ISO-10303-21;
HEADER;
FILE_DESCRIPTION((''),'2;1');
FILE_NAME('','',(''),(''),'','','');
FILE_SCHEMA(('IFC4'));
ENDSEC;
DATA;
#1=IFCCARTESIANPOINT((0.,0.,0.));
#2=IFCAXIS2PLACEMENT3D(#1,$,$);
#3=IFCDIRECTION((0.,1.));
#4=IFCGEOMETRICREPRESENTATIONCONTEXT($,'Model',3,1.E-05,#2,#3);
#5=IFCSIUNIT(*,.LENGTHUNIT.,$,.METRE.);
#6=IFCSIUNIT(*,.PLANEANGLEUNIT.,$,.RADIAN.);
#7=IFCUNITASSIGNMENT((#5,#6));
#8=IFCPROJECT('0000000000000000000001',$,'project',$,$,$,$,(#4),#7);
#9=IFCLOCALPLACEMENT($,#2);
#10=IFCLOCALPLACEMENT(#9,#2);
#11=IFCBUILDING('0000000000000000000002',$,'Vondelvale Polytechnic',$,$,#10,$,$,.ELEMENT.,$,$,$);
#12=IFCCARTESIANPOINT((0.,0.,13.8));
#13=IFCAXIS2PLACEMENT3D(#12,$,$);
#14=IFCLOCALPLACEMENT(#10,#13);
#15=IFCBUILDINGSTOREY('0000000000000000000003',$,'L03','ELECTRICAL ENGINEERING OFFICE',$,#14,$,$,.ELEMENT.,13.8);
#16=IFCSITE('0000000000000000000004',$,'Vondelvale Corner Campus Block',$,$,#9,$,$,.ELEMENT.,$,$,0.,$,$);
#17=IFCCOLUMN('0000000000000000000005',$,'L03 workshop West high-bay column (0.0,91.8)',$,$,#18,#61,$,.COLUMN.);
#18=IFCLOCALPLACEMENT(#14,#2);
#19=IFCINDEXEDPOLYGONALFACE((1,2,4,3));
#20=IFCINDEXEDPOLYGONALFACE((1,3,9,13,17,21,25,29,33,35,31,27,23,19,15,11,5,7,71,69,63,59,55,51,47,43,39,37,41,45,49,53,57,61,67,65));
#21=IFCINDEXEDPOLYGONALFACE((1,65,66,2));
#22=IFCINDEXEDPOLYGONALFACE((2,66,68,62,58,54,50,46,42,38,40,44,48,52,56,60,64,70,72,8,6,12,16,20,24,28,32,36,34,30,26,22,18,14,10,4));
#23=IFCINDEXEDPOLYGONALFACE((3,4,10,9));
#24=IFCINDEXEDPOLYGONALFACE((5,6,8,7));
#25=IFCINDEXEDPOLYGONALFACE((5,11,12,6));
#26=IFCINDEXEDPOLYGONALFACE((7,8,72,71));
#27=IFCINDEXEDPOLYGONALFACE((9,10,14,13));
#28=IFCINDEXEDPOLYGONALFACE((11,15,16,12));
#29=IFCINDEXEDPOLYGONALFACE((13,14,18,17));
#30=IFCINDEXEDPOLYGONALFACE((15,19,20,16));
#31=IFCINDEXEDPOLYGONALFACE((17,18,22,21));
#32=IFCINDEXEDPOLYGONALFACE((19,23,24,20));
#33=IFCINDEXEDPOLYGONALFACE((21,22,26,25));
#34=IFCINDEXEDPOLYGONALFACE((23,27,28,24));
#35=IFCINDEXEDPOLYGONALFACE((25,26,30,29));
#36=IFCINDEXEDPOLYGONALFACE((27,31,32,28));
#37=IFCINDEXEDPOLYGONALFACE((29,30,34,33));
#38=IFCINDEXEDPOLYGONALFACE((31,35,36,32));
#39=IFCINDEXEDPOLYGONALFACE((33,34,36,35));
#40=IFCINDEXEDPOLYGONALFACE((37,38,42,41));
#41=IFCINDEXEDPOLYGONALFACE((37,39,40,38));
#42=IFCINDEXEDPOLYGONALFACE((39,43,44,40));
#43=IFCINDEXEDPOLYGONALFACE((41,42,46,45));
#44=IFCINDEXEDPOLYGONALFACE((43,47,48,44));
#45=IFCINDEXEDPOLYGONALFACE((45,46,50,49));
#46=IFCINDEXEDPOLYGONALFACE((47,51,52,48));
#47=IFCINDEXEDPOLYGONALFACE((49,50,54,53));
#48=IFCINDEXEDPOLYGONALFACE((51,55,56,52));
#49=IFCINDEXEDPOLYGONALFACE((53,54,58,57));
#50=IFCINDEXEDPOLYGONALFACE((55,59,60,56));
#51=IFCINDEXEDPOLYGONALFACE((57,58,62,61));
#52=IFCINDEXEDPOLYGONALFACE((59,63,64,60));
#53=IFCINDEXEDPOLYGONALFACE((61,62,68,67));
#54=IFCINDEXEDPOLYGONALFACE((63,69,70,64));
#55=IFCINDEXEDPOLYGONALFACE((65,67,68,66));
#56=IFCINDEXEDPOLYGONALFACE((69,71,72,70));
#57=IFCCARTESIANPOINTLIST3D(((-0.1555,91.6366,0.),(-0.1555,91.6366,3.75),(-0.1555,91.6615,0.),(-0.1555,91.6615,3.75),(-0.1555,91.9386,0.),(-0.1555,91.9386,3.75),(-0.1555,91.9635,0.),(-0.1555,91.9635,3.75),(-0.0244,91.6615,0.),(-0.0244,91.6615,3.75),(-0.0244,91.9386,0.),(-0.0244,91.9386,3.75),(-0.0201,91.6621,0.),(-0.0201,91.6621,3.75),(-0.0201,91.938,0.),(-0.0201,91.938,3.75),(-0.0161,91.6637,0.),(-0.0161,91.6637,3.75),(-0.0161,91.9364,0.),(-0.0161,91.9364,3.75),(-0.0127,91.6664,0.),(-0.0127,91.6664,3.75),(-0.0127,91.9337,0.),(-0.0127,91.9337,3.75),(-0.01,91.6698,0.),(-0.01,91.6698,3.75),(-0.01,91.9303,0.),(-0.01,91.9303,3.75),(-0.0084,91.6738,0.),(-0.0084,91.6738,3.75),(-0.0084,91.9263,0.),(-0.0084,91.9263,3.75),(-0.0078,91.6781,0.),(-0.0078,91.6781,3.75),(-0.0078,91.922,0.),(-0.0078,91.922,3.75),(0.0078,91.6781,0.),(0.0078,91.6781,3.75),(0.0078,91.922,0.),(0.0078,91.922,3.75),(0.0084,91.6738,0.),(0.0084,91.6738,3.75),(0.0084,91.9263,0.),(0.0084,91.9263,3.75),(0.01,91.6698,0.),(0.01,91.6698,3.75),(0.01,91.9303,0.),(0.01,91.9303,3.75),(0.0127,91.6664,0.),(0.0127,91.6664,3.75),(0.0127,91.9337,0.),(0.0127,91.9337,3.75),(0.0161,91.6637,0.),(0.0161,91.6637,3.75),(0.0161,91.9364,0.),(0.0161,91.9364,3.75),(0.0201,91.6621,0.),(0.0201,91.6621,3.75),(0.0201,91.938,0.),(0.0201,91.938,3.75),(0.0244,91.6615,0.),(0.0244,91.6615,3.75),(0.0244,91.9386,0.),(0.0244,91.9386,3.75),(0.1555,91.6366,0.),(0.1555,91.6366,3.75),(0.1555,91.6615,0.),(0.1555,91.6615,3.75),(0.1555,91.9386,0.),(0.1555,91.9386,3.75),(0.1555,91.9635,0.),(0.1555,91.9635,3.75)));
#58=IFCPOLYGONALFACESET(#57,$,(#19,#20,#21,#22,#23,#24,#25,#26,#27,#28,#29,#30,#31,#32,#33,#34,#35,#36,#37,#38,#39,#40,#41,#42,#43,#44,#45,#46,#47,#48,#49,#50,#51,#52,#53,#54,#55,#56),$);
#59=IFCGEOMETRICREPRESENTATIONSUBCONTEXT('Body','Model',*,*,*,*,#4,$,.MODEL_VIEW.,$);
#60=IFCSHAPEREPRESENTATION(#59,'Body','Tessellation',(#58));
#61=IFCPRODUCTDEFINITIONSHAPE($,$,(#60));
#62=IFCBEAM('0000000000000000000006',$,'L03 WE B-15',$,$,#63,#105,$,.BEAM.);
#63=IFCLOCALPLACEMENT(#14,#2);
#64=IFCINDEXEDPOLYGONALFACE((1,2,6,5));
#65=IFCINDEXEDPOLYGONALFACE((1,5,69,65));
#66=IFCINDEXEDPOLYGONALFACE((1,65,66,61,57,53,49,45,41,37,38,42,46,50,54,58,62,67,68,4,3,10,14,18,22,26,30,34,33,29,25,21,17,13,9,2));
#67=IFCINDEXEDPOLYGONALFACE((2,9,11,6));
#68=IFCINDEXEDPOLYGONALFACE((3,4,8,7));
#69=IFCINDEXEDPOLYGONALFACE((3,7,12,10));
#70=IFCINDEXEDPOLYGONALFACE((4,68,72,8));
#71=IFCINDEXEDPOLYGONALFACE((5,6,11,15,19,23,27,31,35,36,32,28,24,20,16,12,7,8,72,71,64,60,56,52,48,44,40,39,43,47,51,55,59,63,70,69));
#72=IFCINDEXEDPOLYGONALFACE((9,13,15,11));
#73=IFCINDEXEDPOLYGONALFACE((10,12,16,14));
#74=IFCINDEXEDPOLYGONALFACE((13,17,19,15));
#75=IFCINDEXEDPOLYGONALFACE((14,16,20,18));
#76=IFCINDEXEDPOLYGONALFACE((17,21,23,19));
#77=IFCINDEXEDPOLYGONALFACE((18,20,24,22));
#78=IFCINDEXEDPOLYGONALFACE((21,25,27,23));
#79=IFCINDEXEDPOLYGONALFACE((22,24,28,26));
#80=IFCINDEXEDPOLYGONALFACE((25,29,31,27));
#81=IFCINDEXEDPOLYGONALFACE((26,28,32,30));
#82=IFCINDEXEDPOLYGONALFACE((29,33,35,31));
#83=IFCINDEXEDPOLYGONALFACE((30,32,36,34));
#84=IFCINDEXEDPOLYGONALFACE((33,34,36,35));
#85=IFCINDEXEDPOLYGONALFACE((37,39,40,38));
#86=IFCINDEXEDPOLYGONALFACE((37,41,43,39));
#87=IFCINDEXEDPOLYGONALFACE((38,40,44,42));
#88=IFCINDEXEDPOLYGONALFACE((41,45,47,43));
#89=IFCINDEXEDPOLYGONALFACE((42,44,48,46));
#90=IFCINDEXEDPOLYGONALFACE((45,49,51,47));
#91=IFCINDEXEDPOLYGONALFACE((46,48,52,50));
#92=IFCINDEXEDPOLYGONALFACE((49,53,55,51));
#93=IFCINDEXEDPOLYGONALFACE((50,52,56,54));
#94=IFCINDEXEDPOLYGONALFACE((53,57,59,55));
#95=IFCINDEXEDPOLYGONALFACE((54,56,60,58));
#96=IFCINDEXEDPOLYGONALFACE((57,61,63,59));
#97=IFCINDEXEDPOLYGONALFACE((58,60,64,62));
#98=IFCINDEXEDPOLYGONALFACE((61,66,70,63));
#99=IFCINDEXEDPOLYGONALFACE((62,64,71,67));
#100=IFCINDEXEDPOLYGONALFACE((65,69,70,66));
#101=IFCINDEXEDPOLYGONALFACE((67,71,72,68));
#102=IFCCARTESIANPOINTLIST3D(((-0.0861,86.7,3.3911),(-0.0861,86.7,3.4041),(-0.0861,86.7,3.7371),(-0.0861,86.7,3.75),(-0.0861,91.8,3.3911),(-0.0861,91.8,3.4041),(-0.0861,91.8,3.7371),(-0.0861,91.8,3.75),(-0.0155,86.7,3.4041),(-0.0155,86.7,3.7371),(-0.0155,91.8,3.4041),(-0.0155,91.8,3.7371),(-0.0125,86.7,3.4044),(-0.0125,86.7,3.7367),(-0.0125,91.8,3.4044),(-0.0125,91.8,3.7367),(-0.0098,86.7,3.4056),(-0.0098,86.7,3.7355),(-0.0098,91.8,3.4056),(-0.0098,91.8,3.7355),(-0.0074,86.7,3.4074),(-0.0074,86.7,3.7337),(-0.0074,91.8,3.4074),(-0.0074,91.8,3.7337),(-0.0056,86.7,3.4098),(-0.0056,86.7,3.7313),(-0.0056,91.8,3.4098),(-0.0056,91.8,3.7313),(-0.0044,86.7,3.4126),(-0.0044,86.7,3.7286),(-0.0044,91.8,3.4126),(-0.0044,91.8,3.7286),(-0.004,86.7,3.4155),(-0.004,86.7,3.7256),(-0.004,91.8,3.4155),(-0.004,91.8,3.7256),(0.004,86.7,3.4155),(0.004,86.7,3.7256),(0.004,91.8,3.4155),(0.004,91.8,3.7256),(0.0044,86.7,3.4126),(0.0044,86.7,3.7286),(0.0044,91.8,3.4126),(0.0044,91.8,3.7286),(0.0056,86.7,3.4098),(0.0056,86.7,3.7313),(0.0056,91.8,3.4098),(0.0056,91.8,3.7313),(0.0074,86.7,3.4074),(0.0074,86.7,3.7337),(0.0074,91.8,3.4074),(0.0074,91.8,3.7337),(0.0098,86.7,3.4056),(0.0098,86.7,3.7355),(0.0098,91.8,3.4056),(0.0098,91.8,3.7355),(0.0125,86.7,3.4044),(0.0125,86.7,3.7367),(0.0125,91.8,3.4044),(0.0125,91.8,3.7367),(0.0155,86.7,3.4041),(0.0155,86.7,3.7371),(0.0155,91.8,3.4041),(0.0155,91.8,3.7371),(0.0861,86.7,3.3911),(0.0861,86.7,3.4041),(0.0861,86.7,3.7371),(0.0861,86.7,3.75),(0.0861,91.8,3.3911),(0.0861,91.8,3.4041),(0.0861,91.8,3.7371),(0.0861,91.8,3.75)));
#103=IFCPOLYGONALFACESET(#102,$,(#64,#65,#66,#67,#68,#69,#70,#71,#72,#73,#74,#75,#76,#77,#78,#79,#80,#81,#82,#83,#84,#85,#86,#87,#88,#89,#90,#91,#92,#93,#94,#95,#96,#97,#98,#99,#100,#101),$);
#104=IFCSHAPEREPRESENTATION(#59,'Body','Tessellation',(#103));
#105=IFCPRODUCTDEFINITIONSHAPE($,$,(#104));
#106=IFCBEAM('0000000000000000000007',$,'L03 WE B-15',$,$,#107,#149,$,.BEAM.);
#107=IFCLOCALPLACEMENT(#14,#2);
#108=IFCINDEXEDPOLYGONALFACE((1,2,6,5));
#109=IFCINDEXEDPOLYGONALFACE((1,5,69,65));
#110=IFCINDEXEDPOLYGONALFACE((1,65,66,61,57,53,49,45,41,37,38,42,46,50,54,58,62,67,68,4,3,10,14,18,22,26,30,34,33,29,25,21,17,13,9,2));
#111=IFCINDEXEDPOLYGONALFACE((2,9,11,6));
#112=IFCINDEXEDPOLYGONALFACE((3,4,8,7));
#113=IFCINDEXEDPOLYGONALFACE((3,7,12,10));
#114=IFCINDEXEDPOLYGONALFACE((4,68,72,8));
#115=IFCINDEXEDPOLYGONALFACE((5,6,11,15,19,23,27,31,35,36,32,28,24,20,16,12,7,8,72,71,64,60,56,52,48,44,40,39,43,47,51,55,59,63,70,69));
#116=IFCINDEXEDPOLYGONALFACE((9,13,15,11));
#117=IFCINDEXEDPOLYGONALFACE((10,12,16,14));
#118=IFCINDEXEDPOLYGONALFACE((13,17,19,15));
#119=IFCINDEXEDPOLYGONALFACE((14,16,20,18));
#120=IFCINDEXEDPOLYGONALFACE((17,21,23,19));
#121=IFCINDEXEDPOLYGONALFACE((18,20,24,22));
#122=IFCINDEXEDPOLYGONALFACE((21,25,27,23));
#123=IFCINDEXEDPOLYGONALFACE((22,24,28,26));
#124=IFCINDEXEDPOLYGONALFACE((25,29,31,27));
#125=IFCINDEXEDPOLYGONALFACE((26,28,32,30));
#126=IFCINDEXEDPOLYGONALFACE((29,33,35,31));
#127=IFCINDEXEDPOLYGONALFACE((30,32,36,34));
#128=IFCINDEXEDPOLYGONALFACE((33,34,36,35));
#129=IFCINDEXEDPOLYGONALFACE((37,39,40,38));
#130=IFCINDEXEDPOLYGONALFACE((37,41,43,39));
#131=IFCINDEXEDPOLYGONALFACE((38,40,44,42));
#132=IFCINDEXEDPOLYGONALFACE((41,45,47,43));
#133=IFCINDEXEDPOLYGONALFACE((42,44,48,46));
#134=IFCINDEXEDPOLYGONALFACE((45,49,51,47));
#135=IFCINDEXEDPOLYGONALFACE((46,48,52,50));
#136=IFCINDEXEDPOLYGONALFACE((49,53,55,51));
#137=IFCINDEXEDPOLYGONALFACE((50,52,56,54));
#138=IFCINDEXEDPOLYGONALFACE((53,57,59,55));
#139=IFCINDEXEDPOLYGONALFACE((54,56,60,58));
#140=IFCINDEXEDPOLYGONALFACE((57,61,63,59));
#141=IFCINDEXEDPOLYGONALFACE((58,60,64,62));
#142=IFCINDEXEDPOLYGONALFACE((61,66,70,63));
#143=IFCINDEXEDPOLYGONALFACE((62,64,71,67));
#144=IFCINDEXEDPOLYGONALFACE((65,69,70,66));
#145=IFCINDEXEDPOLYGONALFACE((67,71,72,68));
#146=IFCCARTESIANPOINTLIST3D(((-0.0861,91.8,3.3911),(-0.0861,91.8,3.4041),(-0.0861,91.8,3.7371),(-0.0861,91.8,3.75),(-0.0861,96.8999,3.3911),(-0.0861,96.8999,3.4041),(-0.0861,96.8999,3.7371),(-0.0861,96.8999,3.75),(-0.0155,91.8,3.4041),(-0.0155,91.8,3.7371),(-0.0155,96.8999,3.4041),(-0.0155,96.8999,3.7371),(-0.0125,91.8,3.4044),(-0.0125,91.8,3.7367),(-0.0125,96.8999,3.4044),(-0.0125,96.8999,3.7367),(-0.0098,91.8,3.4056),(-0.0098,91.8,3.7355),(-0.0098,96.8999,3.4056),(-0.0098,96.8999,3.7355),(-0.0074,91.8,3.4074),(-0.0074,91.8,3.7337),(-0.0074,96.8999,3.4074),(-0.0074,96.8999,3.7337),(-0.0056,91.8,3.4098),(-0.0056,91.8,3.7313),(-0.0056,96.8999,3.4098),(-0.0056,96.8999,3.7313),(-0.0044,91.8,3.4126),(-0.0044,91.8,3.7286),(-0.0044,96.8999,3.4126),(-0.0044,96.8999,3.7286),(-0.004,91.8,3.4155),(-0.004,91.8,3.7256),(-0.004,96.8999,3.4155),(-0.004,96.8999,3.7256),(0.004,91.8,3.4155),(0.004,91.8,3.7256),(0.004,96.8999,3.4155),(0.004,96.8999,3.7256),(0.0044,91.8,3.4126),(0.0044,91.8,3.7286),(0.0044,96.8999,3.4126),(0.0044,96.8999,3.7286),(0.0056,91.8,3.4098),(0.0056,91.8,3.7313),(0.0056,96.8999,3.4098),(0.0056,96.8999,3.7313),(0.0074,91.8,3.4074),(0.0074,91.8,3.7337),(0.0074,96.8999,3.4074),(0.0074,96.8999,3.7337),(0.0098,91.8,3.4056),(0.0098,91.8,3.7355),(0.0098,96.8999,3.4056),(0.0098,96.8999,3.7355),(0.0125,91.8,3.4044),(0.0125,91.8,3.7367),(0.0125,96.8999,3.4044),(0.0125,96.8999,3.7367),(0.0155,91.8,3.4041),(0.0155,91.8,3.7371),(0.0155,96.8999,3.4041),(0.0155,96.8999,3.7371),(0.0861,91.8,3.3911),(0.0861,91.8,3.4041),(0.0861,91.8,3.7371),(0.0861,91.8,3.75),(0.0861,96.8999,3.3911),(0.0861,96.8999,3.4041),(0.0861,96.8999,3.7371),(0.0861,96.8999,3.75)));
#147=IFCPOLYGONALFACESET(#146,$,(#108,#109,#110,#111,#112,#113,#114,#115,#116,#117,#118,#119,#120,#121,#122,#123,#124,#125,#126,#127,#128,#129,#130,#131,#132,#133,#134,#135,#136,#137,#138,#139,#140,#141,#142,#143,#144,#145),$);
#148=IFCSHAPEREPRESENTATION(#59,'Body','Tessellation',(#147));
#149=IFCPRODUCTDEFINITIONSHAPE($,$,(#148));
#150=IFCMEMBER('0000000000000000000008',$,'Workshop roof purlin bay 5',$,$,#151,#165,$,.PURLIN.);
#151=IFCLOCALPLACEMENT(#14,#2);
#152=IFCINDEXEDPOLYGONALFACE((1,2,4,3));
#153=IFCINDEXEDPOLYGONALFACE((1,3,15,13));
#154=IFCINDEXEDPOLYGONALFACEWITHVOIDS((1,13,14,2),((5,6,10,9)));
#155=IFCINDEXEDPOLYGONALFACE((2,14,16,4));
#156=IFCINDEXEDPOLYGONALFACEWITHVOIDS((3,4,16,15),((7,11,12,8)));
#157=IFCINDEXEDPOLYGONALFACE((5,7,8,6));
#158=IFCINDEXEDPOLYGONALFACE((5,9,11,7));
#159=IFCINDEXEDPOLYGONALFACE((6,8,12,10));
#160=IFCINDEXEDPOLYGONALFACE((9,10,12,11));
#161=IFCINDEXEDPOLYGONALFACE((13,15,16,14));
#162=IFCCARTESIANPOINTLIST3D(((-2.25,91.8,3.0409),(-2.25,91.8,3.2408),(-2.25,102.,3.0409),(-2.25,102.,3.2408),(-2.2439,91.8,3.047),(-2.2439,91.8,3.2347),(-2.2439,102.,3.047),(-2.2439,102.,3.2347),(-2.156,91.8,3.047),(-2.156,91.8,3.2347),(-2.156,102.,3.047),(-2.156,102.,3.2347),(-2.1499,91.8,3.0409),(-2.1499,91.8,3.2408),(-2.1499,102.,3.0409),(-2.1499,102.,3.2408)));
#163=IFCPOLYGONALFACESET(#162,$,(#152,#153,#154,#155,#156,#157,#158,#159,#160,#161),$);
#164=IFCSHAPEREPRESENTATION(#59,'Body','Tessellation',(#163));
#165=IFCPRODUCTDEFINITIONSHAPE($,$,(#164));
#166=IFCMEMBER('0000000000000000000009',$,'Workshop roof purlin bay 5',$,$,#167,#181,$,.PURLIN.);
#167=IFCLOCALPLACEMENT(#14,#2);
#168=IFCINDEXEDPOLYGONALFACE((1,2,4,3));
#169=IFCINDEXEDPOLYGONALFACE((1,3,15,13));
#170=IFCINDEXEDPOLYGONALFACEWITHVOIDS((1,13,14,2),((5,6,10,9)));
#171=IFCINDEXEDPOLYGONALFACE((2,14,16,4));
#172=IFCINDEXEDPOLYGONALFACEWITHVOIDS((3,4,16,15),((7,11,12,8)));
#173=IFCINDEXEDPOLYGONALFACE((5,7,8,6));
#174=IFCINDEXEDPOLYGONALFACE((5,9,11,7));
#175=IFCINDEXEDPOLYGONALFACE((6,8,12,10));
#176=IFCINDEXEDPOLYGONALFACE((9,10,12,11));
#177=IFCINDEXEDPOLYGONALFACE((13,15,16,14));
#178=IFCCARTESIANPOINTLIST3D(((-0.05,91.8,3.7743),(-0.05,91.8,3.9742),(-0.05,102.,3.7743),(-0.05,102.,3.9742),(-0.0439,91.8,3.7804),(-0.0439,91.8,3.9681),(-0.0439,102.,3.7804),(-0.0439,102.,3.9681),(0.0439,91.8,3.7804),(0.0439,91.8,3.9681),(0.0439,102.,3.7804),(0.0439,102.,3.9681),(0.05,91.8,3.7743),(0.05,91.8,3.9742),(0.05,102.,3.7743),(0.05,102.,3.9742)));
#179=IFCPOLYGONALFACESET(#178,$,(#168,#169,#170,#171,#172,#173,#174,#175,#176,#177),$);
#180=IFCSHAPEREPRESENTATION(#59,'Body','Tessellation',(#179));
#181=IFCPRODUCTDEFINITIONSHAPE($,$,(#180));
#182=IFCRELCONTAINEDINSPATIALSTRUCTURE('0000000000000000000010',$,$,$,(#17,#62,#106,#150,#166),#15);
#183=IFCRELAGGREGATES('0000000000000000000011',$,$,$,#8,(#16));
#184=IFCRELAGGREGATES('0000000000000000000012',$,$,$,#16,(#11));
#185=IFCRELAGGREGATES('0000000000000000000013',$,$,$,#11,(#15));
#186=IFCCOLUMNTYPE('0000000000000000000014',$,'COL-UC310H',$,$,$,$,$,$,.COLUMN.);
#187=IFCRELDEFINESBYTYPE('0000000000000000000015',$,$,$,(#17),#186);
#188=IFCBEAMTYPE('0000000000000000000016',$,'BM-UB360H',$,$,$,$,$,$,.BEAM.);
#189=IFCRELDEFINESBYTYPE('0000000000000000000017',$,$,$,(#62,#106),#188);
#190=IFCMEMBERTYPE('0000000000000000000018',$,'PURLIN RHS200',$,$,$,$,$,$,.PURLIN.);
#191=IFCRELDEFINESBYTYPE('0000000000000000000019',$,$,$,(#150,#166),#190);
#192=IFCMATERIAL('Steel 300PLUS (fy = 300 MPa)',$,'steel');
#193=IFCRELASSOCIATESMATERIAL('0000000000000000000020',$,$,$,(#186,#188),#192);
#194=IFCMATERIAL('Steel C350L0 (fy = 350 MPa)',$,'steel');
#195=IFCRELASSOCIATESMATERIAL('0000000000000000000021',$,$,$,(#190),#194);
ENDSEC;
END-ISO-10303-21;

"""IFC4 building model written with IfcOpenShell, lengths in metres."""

from ifc_helpers import new_model, si_unit, direction, frame, origin, origin_2d, place, context, subcontext, project, spatial, hollow_rectangle, i_section, extrude, material, material_profile, profile_set, type_object, element, save


model = new_model("IFC4")

# Units and contexts
model_context = context("Model", 3, precision=1e-05, world=origin(), true_north=direction((0.0, 1.0)))
body_context = subcontext(model_context, "Body", "Model", "MODEL_VIEW")
ifc_project = project(units=[si_unit("LENGTHUNIT", "METRE"), si_unit("PLANEANGLEUNIT", "RADIAN")], contexts=[model_context])

# Site, building, storey
site_placement = place(None, origin())
site = spatial("IfcSite", under=ifc_project, at=site_placement, Name="Vondelvale Corner Campus Block", CompositionType="ELEMENT", RefElevation=0.0)
building_placement = place(site_placement, origin())
building = spatial("IfcBuilding", under=site, at=building_placement, Name="Vondelvale Polytechnic", CompositionType="ELEMENT")
storey_placement = place(building_placement, frame((0.0, 0.0, 13.8)))
storey = spatial("IfcBuildingStorey", under=building, at=storey_placement, Name="L03", Description="ELECTRICAL ENGINEERING OFFICE", CompositionType="ELEMENT", Elevation=13.8)

# Column
ifc_material_1 = material(Name="Steel 300PLUS (fy = 300 MPa)", Category="steel")
ifc_material_profile_1 = material_profile(ifc_material_1, i_section(OverallWidth=0.311, OverallDepth=0.3269, WebThickness=0.0156, FlangeThickness=0.0249, FilletRadius=0.0166, at=origin_2d()), Name="310UC158")
ifc_profile_set_1 = profile_set([ifc_material_profile_1], Name="Steel 300PLUS (fy = 300 MPa)")
column_type = type_object("IfcColumnType", Name="COL-UC310H", PredefinedType="COLUMN", material=ifc_profile_set_1)
column_placement = place(storey_placement, frame((0.0, 91.8, 0.0), z_axis=(0.0, 0.0, 1.0), x_axis=(1.0, 0.0, 0.0)))
element("IfcColumn", 1, at=column_placement, inside=storey, type_object=column_type, Name="L03 workshop West high-bay column (0.0,91.8)", PredefinedType="COLUMN", context=body_context, shape_type="SweptSolid", body=[
    extrude(i_section(OverallWidth=0.311, OverallDepth=0.3269, WebThickness=0.0156, FlangeThickness=0.0249, FilletRadius=0.0166, at=origin_2d()), origin(), (0.0, 0.0, 1.0), 3.75),
])

# Beams
ifc_material_profile_2 = material_profile(ifc_material_1, i_section(OverallWidth=0.1721, OverallDepth=0.3589, WebThickness=0.0081, FlangeThickness=0.0129, FilletRadius=0.0115, at=origin_2d()), Name="360UB56.7")
ifc_profile_set_2 = profile_set([ifc_material_profile_2], Name="Steel 300PLUS (fy = 300 MPa)")
beam_type = type_object("IfcBeamType", Name="BM-UB360H", PredefinedType="BEAM", material=ifc_profile_set_2)
beam_1_placement = place(storey_placement, frame((0.0, 86.7, 3.5706), z_axis=(0.0, 1.0, 0.0), x_axis=(-1.0, 0.0, 0.0)))
element("IfcBeam", 2, at=beam_1_placement, inside=storey, type_object=beam_type, Name="L03 WE B-15", PredefinedType="BEAM", context=body_context, shape_type="SweptSolid", body=[
    extrude(i_section(OverallWidth=0.1721, OverallDepth=0.3589, WebThickness=0.0081, FlangeThickness=0.0129, FilletRadius=0.0115, at=origin_2d()), origin(), (0.0, 0.0, 1.0), 5.1001),
])
beam_2_placement = place(storey_placement, frame((0.0, 91.8, 3.5706), z_axis=(0.0, 1.0, 0.0), x_axis=(-1.0, 0.0, 0.0)))
element("IfcBeam", 3, at=beam_2_placement, inside=storey, type_object=beam_type, Name="L03 WE B-15", PredefinedType="BEAM", context=body_context, shape_type="SweptSolid", body=[
    extrude(i_section(OverallWidth=0.1721, OverallDepth=0.3589, WebThickness=0.0081, FlangeThickness=0.0129, FilletRadius=0.0115, at=origin_2d()), origin(), (0.0, 0.0, 1.0), 5.0999),
])

# Members
ifc_material_2 = material(Name="Steel C350L0 (fy = 350 MPa)", Category="steel")
ifc_material_profile_3 = material_profile(ifc_material_2, hollow_rectangle(XDim=0.1001, YDim=0.2, WallThickness=0.0061, at=origin_2d()), Name="200x100x6.0RHS")
ifc_profile_set_3 = profile_set([ifc_material_profile_3], Name="Steel C350L0 (fy = 350 MPa)")
member_type_1 = type_object("IfcMemberType", Name="PURLIN RHS200", PredefinedType="PURLIN", material=ifc_profile_set_3)
for number, where, z_axis, x_axis, name in (
    (4, (-2.2, 91.8, 3.1409), (0.0, 1.0, 0.0), (-1.0, 0.0, 0.0), "Workshop roof purlin bay 5"),
    (5, (0.0, 91.8, 3.8743), (0.0, 1.0, 0.0), (-1.0, 0.0, 0.0), "Workshop roof purlin bay 5"),
):
    element("IfcMember", number, at=place(storey_placement, frame(where, z_axis=z_axis, x_axis=x_axis)), inside=storey, type_object=member_type_1, Name=name, PredefinedType="PURLIN", context=body_context, shape_type="SweptSolid", body=[
        extrude(hollow_rectangle(XDim=0.1001, YDim=0.2, WallThickness=0.0061, at=origin_2d()), origin(), (0.0, 0.0, 1.0), 10.2),
    ])

save(model, "model.ifc")
